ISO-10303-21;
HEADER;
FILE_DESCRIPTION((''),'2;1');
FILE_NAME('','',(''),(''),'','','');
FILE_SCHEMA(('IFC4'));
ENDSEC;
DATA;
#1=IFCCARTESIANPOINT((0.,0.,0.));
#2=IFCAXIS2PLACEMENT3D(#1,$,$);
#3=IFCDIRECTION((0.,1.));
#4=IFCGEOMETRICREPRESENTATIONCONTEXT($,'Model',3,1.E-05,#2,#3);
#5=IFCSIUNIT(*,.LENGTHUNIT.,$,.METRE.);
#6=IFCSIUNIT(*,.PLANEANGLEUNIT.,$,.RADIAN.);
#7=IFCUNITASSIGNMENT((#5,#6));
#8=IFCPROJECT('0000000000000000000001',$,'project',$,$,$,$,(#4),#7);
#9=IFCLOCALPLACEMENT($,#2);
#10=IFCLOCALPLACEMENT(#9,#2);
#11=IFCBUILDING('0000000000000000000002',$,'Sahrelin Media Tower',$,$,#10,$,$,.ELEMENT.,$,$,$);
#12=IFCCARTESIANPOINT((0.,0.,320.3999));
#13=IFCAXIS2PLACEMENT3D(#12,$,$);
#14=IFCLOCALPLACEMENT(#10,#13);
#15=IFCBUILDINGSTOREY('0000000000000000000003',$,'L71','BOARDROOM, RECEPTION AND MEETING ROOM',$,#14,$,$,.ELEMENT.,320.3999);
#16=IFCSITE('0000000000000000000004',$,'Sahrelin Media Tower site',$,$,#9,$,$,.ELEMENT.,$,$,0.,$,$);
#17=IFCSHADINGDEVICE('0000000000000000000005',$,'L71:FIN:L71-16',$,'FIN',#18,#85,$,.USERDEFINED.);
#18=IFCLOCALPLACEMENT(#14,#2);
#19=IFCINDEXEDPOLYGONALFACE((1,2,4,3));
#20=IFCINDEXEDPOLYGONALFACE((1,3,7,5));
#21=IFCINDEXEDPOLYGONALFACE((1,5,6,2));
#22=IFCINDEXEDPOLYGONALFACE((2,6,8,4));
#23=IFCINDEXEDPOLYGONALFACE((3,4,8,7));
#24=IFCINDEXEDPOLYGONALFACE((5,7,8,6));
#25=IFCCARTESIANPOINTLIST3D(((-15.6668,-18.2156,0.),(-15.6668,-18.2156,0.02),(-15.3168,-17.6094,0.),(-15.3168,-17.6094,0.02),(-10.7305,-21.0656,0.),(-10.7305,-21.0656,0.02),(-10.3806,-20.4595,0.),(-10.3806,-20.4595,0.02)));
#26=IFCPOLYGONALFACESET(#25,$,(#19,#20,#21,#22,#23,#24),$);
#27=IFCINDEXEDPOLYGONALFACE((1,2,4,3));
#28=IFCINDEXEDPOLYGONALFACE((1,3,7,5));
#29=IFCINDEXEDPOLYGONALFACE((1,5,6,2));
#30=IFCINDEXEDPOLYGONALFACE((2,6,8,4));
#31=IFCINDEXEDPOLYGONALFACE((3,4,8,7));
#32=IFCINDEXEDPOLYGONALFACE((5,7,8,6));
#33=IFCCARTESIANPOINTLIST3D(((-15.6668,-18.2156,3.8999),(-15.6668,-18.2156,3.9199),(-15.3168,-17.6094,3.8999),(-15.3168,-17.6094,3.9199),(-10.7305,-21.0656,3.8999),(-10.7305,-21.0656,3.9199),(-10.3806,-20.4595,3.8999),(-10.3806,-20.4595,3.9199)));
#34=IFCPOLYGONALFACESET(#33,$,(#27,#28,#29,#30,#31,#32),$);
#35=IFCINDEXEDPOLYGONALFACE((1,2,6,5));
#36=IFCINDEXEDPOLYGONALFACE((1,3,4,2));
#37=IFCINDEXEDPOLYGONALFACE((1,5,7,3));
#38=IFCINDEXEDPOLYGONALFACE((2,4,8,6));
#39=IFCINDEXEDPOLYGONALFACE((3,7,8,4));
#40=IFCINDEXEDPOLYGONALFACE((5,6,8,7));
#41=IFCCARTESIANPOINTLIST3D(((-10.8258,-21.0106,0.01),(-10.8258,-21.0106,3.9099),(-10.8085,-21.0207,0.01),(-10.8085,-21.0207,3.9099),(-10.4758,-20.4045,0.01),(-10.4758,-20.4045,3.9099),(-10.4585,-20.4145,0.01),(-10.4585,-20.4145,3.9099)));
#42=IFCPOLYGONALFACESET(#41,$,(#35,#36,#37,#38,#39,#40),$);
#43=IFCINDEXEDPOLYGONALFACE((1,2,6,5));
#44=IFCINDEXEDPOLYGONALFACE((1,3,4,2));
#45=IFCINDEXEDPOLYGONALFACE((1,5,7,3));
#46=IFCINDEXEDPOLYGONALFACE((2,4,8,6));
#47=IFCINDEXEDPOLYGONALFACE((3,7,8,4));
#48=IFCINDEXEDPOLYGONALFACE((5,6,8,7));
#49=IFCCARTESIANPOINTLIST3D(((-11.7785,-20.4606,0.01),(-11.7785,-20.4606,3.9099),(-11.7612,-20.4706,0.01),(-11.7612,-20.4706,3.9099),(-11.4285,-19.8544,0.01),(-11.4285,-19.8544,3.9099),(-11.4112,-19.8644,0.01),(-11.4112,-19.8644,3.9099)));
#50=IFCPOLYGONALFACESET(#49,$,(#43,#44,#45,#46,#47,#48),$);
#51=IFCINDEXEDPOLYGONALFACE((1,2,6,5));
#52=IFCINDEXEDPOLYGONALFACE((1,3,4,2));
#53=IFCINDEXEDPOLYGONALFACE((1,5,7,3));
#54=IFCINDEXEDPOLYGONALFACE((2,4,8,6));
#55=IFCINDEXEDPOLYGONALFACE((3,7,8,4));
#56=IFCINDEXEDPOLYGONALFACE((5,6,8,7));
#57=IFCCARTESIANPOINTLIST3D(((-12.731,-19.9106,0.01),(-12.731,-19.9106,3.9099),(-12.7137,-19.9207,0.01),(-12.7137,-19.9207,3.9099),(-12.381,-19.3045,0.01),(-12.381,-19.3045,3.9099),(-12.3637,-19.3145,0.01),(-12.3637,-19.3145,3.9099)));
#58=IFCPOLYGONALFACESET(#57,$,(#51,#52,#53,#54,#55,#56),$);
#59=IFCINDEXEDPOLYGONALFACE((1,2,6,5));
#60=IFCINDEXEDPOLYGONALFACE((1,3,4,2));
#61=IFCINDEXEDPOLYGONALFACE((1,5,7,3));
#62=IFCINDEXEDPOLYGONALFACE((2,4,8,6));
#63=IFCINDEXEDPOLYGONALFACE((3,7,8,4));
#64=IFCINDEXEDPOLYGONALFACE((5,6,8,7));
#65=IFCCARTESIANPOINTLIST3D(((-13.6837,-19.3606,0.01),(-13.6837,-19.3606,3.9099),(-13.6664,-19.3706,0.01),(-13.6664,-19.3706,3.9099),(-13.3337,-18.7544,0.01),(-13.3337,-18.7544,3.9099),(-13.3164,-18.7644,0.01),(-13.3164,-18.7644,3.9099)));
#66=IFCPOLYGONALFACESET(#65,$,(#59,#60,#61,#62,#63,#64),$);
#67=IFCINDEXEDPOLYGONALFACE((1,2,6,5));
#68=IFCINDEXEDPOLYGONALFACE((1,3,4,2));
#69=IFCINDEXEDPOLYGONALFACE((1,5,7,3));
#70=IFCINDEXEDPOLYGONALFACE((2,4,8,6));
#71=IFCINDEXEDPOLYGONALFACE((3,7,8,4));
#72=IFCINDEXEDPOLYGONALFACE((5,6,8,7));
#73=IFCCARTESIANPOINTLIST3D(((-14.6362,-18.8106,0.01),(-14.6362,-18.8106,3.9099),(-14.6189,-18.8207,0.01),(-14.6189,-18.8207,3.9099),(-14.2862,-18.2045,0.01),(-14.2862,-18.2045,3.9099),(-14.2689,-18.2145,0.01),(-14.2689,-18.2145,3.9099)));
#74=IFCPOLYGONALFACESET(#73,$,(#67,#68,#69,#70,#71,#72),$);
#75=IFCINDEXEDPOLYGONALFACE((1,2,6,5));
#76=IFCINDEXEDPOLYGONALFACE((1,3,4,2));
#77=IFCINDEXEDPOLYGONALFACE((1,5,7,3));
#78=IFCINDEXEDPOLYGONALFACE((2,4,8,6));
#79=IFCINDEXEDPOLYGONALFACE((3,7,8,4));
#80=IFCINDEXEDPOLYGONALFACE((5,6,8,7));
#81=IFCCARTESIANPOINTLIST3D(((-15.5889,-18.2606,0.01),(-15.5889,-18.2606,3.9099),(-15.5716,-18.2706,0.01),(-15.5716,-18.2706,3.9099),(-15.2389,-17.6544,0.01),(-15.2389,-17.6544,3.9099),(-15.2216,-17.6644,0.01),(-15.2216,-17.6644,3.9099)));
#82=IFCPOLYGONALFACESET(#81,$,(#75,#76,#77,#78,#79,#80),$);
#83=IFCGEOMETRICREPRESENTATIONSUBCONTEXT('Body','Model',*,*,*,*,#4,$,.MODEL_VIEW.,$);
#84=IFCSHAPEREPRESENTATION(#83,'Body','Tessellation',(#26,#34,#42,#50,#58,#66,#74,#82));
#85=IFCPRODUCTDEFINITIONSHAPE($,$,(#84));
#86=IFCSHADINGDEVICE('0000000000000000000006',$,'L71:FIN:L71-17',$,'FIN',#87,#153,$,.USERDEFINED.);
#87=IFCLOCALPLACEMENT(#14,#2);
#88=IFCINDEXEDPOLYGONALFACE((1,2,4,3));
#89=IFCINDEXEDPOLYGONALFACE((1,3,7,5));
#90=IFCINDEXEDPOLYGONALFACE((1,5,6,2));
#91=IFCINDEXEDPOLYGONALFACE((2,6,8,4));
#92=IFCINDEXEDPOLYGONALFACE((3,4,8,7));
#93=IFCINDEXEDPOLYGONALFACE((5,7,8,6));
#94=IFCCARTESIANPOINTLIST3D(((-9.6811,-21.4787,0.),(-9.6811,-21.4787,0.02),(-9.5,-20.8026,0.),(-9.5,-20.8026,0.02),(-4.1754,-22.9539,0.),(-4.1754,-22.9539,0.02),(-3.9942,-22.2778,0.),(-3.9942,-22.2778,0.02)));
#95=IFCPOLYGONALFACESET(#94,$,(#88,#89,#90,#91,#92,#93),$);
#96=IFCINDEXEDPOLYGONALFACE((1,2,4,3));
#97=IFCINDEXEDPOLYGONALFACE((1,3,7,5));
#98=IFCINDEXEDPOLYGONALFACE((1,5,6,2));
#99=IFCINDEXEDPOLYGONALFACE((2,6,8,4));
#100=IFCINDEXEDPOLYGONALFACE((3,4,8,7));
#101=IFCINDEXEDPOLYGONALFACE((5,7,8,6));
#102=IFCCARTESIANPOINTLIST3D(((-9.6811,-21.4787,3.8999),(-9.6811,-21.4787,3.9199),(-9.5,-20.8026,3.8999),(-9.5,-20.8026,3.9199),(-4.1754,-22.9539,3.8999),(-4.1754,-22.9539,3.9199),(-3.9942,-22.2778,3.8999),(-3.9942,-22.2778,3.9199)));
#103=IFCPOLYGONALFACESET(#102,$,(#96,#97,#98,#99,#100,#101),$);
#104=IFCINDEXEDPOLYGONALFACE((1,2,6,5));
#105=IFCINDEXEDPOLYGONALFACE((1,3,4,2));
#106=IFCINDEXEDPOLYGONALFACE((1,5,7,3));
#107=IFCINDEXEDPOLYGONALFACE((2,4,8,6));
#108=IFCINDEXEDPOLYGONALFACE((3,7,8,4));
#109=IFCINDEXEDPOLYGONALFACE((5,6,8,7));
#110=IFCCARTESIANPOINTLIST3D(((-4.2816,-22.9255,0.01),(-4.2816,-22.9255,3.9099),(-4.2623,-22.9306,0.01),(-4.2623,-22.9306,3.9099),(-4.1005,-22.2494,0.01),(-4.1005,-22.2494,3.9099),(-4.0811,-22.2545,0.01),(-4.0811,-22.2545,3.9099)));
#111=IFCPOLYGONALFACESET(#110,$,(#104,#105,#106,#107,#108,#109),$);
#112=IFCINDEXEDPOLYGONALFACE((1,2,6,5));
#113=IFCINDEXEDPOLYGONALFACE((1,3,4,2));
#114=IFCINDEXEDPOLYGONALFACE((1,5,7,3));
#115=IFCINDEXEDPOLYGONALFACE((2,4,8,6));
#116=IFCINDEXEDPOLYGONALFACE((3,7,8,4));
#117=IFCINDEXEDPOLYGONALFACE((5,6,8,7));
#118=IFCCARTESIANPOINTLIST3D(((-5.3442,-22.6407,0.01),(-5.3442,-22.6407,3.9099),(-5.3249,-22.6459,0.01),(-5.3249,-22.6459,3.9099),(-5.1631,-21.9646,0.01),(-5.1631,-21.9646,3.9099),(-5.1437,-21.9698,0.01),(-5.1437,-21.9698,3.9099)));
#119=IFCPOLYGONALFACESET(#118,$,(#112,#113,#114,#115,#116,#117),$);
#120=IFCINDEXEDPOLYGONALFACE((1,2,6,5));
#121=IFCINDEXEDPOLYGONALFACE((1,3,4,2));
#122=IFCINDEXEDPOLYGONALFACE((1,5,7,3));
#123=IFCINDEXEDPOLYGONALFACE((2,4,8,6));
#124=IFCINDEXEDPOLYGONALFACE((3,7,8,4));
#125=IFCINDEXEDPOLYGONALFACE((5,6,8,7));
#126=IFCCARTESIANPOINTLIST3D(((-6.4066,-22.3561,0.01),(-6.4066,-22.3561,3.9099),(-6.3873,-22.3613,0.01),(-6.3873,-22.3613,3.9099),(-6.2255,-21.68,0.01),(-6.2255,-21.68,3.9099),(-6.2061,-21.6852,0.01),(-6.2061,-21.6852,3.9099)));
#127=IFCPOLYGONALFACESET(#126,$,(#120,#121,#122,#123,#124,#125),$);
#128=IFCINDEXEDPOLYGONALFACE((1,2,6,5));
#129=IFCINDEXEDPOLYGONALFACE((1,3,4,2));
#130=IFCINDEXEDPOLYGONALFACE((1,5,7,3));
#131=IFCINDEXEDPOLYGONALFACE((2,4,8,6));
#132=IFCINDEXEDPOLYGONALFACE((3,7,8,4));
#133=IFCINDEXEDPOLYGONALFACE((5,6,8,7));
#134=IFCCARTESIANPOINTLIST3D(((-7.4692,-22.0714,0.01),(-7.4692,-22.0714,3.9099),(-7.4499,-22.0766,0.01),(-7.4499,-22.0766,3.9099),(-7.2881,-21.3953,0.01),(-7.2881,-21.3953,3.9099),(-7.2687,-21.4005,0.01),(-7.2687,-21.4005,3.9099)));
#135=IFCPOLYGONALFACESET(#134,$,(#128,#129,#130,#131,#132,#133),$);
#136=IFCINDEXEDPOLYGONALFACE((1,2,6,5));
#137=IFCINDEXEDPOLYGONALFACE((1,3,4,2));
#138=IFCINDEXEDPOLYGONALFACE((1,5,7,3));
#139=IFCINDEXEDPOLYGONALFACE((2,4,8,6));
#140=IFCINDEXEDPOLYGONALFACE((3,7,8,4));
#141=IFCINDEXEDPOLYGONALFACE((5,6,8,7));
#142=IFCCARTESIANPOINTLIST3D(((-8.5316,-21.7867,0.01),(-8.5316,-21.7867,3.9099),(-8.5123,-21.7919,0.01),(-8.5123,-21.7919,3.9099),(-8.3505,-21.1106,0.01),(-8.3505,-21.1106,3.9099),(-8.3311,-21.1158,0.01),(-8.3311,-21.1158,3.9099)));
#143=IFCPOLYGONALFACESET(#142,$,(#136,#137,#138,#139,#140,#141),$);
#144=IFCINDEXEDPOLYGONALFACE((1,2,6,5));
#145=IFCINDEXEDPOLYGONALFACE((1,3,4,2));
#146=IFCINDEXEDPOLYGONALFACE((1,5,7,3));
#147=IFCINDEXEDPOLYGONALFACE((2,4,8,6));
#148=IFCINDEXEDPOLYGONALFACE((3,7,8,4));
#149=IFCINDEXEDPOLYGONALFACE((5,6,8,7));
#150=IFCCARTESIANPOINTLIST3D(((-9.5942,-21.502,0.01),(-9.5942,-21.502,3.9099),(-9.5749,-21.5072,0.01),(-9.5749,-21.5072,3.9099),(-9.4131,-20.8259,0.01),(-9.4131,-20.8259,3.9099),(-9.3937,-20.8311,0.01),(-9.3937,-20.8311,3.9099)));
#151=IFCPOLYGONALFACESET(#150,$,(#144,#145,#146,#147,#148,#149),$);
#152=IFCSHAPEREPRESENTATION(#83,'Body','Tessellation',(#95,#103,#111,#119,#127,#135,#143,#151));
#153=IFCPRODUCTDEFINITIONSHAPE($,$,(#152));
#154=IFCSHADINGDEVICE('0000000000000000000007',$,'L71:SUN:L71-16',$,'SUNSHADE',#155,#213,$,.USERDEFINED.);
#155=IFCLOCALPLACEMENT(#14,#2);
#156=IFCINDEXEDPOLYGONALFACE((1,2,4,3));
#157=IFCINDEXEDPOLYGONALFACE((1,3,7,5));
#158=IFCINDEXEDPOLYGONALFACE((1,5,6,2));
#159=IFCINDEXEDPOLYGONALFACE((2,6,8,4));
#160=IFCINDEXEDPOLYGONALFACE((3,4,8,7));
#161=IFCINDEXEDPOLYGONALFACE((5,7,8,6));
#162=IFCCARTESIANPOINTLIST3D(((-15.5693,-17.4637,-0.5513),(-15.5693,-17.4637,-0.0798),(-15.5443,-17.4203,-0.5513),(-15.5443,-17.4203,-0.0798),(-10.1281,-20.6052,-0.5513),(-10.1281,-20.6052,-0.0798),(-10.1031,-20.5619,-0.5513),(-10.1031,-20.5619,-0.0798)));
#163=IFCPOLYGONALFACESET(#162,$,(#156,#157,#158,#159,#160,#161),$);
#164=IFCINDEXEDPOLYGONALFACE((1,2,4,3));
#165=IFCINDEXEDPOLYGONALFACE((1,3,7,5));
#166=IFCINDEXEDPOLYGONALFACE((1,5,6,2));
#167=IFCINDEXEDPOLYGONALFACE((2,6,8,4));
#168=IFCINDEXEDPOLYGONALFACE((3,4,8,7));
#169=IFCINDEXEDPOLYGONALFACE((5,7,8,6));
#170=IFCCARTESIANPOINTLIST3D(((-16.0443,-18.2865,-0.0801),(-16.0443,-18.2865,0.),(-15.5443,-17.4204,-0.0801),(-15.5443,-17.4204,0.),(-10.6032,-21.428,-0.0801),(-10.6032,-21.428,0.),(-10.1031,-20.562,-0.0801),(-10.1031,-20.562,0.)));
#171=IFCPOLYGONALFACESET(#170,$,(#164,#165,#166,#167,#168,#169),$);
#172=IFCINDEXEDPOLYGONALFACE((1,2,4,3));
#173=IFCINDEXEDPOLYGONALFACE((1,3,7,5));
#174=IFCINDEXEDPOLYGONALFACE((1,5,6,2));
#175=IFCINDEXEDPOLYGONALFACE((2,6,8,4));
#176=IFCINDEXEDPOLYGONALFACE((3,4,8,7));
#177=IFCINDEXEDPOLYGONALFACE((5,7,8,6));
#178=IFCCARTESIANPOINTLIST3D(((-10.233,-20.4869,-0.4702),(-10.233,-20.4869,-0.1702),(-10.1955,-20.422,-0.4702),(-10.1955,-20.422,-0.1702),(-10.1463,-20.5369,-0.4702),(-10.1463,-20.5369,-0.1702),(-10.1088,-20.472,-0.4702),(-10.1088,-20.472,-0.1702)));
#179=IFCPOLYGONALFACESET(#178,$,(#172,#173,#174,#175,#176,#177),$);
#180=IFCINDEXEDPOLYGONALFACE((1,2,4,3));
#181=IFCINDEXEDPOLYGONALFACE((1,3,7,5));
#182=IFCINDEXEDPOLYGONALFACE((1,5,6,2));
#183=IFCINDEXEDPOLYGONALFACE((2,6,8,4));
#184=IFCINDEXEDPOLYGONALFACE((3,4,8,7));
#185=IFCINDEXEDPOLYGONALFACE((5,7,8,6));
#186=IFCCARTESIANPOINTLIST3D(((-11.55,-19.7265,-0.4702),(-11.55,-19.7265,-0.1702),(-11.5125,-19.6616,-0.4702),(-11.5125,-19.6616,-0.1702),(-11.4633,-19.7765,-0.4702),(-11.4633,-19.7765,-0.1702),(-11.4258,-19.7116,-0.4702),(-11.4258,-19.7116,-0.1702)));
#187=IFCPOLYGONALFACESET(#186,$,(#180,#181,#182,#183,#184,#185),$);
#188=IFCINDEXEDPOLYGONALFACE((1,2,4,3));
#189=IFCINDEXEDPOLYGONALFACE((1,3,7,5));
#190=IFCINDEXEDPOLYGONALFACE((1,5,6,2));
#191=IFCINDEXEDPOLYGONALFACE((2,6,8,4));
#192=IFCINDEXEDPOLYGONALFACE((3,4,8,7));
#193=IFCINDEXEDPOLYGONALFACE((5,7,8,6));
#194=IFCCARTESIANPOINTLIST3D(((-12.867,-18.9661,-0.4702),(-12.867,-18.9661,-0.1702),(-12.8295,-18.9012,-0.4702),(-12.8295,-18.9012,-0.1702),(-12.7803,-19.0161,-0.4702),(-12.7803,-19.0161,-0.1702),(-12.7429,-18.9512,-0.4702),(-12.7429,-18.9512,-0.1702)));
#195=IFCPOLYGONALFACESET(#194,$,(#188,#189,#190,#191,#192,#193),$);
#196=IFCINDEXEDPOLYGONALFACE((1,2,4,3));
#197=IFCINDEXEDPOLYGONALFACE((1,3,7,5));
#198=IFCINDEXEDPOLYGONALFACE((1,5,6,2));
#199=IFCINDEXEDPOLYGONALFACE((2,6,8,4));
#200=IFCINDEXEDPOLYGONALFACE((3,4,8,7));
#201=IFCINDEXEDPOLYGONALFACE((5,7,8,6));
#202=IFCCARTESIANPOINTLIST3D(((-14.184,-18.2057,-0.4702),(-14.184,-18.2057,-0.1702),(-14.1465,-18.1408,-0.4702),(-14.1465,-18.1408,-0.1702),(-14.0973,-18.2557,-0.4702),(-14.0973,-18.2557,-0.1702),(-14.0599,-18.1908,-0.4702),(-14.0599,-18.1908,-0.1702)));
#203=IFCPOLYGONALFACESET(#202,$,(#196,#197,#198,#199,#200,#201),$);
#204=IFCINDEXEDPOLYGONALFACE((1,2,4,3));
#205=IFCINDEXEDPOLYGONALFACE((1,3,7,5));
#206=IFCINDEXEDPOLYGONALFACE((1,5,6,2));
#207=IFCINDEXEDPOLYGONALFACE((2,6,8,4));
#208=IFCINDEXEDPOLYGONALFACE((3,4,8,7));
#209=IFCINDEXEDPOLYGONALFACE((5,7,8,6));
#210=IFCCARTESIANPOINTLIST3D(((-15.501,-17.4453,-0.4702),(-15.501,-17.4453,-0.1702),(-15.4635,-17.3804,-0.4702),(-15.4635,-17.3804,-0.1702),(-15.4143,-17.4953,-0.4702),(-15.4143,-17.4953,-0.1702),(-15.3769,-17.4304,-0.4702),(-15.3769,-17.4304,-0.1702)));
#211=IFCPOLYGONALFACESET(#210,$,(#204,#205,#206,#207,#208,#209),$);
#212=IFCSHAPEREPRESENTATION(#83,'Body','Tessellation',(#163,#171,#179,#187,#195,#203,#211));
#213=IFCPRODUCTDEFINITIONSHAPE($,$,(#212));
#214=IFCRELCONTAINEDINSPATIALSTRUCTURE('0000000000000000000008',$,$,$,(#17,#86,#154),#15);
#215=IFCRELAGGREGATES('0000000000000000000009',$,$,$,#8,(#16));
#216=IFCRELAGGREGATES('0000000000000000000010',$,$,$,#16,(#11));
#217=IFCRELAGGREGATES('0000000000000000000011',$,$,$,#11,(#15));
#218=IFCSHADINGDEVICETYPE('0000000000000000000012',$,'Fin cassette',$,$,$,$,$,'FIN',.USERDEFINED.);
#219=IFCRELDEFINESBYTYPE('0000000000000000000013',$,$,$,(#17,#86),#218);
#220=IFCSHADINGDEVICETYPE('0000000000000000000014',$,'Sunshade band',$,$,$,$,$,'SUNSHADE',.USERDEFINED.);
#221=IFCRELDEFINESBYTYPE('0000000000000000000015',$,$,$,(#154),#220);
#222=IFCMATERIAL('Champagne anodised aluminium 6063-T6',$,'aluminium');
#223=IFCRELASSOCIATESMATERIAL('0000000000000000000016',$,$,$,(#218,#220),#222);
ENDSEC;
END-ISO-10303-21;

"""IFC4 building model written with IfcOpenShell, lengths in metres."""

from ifc_helpers import new_model, si_unit, direction, frame, origin, origin_2d, place, context, subcontext, project, spatial, rectangle, extrude, material, type_object, element, save


model = new_model("IFC4")

# Units and contexts
model_context = context("Model", 3, precision=1e-05, world=origin(), true_north=direction((0.0, 1.0)))
body_context = subcontext(model_context, "Body", "Model", "MODEL_VIEW")
ifc_project = project(units=[si_unit("LENGTHUNIT", "METRE"), si_unit("PLANEANGLEUNIT", "RADIAN")], contexts=[model_context])

# Site, building, storey
site_placement = place(None, origin())
site = spatial("IfcSite", under=ifc_project, at=site_placement, Name="Sahrelin Media Tower site", CompositionType="ELEMENT", RefElevation=0.0)
building_placement = place(site_placement, origin())
building = spatial("IfcBuilding", under=site, at=building_placement, Name="Sahrelin Media Tower", CompositionType="ELEMENT")
storey_placement = place(building_placement, frame((0.0, 0.0, 320.3999)))
storey = spatial("IfcBuildingStorey", under=building, at=storey_placement, Name="L71", Description="BOARDROOM, RECEPTION AND MEETING ROOM", CompositionType="ELEMENT", Elevation=320.3999)

# Shared definitions
ifc_material_1 = material(Name="Champagne anodised aluminium 6063-T6", Category="aluminium")

# Shading devices
shading_device_type_1 = type_object("IfcShadingDeviceType", Name="Fin cassette", ElementType="FIN", PredefinedType="USERDEFINED", material=ifc_material_1)
placement_1 = place(storey_placement, frame((-12.8137, -18.9739, 0.0), z_axis=(0.0, 0.0, 1.0), x_axis=(-0.866019, 0.500011, 0.0)))
element("IfcShadingDevice", 1, at=placement_1, inside=storey, type_object=shading_device_type_1, Name="L71:FIN:L71-16", ObjectType="FIN", PredefinedType="USERDEFINED", context=body_context, shape_type="SweptSolid", body=[
    extrude(rectangle(XDim=5.7, YDim=0.7, at=origin_2d()), frame((0.0, 0.4199, 0.0)), (0.0, 0.0, 1.0), 0.02),
    extrude(rectangle(XDim=5.7, YDim=0.7, at=origin_2d()), frame((0.0, 0.4199, 3.8999)), (0.0, 0.0, 1.0), 0.02),
    extrude(rectangle(XDim=0.02, YDim=0.7, at=origin_2d()), frame((-2.75, 0.4199, 0.01), z_axis=(0.0, 0.0, 1.0), x_axis=(1.0, 0.0, 0.0)), (0.0, 0.0, 1.0), 3.8999),
    extrude(rectangle(XDim=0.02, YDim=0.7, at=origin_2d()), frame((-1.6499, 0.4199, 0.01), z_axis=(0.0, 0.0, 1.0), x_axis=(1.0, 0.0, 0.0)), (0.0, 0.0, 1.0), 3.8999),
    extrude(rectangle(XDim=0.02, YDim=0.7, at=origin_2d()), frame((-0.55, 0.4199, 0.01), z_axis=(0.0, 0.0, 1.0), x_axis=(1.0, 0.0, 0.0)), (0.0, 0.0, 1.0), 3.8999),
    extrude(rectangle(XDim=0.02, YDim=0.7, at=origin_2d()), frame((0.55, 0.4199, 0.01), z_axis=(0.0, 0.0, 1.0), x_axis=(1.0, 0.0, 0.0)), (0.0, 0.0, 1.0), 3.8999),
    extrude(rectangle(XDim=0.02, YDim=0.7, at=origin_2d()), frame((1.6499, 0.4199, 0.01), z_axis=(0.0, 0.0, 1.0), x_axis=(1.0, 0.0, 0.0)), (0.0, 0.0, 1.0), 3.8999),
    extrude(rectangle(XDim=0.02, YDim=0.7, at=origin_2d()), frame((2.75, 0.4199, 0.01), z_axis=(0.0, 0.0, 1.0), x_axis=(1.0, 0.0, 0.0)), (0.0, 0.0, 1.0), 3.8999),
])
placement_2 = place(storey_placement, frame((-6.729, -21.4727, 0.0), z_axis=(0.0, 0.0, 1.0), x_axis=(-0.965929, 0.258808, 0.0)))
element("IfcShadingDevice", 2, at=placement_2, inside=storey, type_object=shading_device_type_1, Name="L71:FIN:L71-17", ObjectType="FIN", PredefinedType="USERDEFINED", context=body_context, shape_type="SweptSolid", body=[
    extrude(rectangle(XDim=5.7, YDim=0.7, at=origin_2d()), frame((0.0, 0.4199, 0.0)), (0.0, 0.0, 1.0), 0.02),
    extrude(rectangle(XDim=5.7, YDim=0.7, at=origin_2d()), frame((0.0, 0.4199, 3.8999)), (0.0, 0.0, 1.0), 0.02),
    extrude(rectangle(XDim=0.02, YDim=0.7, at=origin_2d()), frame((-2.75, 0.4199, 0.01), z_axis=(0.0, 0.0, 1.0), x_axis=(1.0, 0.0, 0.0)), (0.0, 0.0, 1.0), 3.8999),
    extrude(rectangle(XDim=0.02, YDim=0.7, at=origin_2d()), frame((-1.6499, 0.4199, 0.01), z_axis=(0.0, 0.0, 1.0), x_axis=(1.0, 0.0, 0.0)), (0.0, 0.0, 1.0), 3.8999),
    extrude(rectangle(XDim=0.02, YDim=0.7, at=origin_2d()), frame((-0.55, 0.4199, 0.01), z_axis=(0.0, 0.0, 1.0), x_axis=(1.0, 0.0, 0.0)), (0.0, 0.0, 1.0), 3.8999),
    extrude(rectangle(XDim=0.02, YDim=0.7, at=origin_2d()), frame((0.55, 0.4199, 0.01), z_axis=(0.0, 0.0, 1.0), x_axis=(1.0, 0.0, 0.0)), (0.0, 0.0, 1.0), 3.8999),
    extrude(rectangle(XDim=0.02, YDim=0.7, at=origin_2d()), frame((1.6499, 0.4199, 0.01), z_axis=(0.0, 0.0, 1.0), x_axis=(1.0, 0.0, 0.0)), (0.0, 0.0, 1.0), 3.8999),
    extrude(rectangle(XDim=0.02, YDim=0.7, at=origin_2d()), frame((2.75, 0.4199, 0.01), z_axis=(0.0, 0.0, 1.0), x_axis=(1.0, 0.0, 0.0)), (0.0, 0.0, 1.0), 3.8999),
])
shading_device_type_2 = type_object("IfcShadingDeviceType", Name="Sunshade band", ElementType="SUNSHADE", PredefinedType="USERDEFINED", material=ifc_material_1)
element("IfcShadingDevice", 3, at=placement_1, inside=storey, type_object=shading_device_type_2, Name="L71:SUN:L71-16", ObjectType="SUNSHADE", PredefinedType="USERDEFINED", context=body_context, shape_type="SweptSolid", body=[
    extrude(rectangle(XDim=6.283, YDim=0.05, at=origin_2d()), frame((0.0, 0.0449, -0.5513)), (0.0, 0.0, 1.0), 0.4714),
    extrude(rectangle(XDim=6.283, YDim=1.0, at=origin_2d()), frame((0.0, 0.52, -0.0801)), (0.0, 0.0, 1.0), 0.0801),
    extrude(rectangle(XDim=0.1001, YDim=0.075, at=origin_2d()), frame((-3.0415, -0.0176, -0.4702)), (0.0, 0.0, 1.0), 0.3),
    extrude(rectangle(XDim=0.1001, YDim=0.075, at=origin_2d()), frame((-1.5208, -0.0176, -0.4702)), (0.0, 0.0, 1.0), 0.3),
    extrude(rectangle(XDim=0.1001, YDim=0.075, at=origin_2d()), frame((0.0, -0.0176, -0.4702)), (0.0, 0.0, 1.0), 0.3),
    extrude(rectangle(XDim=0.1001, YDim=0.075, at=origin_2d()), frame((1.5208, -0.0176, -0.4702)), (0.0, 0.0, 1.0), 0.3),
    extrude(rectangle(XDim=0.1001, YDim=0.075, at=origin_2d()), frame((3.0415, -0.0176, -0.4702)), (0.0, 0.0, 1.0), 0.3),
])

save(model, "model.ifc")
